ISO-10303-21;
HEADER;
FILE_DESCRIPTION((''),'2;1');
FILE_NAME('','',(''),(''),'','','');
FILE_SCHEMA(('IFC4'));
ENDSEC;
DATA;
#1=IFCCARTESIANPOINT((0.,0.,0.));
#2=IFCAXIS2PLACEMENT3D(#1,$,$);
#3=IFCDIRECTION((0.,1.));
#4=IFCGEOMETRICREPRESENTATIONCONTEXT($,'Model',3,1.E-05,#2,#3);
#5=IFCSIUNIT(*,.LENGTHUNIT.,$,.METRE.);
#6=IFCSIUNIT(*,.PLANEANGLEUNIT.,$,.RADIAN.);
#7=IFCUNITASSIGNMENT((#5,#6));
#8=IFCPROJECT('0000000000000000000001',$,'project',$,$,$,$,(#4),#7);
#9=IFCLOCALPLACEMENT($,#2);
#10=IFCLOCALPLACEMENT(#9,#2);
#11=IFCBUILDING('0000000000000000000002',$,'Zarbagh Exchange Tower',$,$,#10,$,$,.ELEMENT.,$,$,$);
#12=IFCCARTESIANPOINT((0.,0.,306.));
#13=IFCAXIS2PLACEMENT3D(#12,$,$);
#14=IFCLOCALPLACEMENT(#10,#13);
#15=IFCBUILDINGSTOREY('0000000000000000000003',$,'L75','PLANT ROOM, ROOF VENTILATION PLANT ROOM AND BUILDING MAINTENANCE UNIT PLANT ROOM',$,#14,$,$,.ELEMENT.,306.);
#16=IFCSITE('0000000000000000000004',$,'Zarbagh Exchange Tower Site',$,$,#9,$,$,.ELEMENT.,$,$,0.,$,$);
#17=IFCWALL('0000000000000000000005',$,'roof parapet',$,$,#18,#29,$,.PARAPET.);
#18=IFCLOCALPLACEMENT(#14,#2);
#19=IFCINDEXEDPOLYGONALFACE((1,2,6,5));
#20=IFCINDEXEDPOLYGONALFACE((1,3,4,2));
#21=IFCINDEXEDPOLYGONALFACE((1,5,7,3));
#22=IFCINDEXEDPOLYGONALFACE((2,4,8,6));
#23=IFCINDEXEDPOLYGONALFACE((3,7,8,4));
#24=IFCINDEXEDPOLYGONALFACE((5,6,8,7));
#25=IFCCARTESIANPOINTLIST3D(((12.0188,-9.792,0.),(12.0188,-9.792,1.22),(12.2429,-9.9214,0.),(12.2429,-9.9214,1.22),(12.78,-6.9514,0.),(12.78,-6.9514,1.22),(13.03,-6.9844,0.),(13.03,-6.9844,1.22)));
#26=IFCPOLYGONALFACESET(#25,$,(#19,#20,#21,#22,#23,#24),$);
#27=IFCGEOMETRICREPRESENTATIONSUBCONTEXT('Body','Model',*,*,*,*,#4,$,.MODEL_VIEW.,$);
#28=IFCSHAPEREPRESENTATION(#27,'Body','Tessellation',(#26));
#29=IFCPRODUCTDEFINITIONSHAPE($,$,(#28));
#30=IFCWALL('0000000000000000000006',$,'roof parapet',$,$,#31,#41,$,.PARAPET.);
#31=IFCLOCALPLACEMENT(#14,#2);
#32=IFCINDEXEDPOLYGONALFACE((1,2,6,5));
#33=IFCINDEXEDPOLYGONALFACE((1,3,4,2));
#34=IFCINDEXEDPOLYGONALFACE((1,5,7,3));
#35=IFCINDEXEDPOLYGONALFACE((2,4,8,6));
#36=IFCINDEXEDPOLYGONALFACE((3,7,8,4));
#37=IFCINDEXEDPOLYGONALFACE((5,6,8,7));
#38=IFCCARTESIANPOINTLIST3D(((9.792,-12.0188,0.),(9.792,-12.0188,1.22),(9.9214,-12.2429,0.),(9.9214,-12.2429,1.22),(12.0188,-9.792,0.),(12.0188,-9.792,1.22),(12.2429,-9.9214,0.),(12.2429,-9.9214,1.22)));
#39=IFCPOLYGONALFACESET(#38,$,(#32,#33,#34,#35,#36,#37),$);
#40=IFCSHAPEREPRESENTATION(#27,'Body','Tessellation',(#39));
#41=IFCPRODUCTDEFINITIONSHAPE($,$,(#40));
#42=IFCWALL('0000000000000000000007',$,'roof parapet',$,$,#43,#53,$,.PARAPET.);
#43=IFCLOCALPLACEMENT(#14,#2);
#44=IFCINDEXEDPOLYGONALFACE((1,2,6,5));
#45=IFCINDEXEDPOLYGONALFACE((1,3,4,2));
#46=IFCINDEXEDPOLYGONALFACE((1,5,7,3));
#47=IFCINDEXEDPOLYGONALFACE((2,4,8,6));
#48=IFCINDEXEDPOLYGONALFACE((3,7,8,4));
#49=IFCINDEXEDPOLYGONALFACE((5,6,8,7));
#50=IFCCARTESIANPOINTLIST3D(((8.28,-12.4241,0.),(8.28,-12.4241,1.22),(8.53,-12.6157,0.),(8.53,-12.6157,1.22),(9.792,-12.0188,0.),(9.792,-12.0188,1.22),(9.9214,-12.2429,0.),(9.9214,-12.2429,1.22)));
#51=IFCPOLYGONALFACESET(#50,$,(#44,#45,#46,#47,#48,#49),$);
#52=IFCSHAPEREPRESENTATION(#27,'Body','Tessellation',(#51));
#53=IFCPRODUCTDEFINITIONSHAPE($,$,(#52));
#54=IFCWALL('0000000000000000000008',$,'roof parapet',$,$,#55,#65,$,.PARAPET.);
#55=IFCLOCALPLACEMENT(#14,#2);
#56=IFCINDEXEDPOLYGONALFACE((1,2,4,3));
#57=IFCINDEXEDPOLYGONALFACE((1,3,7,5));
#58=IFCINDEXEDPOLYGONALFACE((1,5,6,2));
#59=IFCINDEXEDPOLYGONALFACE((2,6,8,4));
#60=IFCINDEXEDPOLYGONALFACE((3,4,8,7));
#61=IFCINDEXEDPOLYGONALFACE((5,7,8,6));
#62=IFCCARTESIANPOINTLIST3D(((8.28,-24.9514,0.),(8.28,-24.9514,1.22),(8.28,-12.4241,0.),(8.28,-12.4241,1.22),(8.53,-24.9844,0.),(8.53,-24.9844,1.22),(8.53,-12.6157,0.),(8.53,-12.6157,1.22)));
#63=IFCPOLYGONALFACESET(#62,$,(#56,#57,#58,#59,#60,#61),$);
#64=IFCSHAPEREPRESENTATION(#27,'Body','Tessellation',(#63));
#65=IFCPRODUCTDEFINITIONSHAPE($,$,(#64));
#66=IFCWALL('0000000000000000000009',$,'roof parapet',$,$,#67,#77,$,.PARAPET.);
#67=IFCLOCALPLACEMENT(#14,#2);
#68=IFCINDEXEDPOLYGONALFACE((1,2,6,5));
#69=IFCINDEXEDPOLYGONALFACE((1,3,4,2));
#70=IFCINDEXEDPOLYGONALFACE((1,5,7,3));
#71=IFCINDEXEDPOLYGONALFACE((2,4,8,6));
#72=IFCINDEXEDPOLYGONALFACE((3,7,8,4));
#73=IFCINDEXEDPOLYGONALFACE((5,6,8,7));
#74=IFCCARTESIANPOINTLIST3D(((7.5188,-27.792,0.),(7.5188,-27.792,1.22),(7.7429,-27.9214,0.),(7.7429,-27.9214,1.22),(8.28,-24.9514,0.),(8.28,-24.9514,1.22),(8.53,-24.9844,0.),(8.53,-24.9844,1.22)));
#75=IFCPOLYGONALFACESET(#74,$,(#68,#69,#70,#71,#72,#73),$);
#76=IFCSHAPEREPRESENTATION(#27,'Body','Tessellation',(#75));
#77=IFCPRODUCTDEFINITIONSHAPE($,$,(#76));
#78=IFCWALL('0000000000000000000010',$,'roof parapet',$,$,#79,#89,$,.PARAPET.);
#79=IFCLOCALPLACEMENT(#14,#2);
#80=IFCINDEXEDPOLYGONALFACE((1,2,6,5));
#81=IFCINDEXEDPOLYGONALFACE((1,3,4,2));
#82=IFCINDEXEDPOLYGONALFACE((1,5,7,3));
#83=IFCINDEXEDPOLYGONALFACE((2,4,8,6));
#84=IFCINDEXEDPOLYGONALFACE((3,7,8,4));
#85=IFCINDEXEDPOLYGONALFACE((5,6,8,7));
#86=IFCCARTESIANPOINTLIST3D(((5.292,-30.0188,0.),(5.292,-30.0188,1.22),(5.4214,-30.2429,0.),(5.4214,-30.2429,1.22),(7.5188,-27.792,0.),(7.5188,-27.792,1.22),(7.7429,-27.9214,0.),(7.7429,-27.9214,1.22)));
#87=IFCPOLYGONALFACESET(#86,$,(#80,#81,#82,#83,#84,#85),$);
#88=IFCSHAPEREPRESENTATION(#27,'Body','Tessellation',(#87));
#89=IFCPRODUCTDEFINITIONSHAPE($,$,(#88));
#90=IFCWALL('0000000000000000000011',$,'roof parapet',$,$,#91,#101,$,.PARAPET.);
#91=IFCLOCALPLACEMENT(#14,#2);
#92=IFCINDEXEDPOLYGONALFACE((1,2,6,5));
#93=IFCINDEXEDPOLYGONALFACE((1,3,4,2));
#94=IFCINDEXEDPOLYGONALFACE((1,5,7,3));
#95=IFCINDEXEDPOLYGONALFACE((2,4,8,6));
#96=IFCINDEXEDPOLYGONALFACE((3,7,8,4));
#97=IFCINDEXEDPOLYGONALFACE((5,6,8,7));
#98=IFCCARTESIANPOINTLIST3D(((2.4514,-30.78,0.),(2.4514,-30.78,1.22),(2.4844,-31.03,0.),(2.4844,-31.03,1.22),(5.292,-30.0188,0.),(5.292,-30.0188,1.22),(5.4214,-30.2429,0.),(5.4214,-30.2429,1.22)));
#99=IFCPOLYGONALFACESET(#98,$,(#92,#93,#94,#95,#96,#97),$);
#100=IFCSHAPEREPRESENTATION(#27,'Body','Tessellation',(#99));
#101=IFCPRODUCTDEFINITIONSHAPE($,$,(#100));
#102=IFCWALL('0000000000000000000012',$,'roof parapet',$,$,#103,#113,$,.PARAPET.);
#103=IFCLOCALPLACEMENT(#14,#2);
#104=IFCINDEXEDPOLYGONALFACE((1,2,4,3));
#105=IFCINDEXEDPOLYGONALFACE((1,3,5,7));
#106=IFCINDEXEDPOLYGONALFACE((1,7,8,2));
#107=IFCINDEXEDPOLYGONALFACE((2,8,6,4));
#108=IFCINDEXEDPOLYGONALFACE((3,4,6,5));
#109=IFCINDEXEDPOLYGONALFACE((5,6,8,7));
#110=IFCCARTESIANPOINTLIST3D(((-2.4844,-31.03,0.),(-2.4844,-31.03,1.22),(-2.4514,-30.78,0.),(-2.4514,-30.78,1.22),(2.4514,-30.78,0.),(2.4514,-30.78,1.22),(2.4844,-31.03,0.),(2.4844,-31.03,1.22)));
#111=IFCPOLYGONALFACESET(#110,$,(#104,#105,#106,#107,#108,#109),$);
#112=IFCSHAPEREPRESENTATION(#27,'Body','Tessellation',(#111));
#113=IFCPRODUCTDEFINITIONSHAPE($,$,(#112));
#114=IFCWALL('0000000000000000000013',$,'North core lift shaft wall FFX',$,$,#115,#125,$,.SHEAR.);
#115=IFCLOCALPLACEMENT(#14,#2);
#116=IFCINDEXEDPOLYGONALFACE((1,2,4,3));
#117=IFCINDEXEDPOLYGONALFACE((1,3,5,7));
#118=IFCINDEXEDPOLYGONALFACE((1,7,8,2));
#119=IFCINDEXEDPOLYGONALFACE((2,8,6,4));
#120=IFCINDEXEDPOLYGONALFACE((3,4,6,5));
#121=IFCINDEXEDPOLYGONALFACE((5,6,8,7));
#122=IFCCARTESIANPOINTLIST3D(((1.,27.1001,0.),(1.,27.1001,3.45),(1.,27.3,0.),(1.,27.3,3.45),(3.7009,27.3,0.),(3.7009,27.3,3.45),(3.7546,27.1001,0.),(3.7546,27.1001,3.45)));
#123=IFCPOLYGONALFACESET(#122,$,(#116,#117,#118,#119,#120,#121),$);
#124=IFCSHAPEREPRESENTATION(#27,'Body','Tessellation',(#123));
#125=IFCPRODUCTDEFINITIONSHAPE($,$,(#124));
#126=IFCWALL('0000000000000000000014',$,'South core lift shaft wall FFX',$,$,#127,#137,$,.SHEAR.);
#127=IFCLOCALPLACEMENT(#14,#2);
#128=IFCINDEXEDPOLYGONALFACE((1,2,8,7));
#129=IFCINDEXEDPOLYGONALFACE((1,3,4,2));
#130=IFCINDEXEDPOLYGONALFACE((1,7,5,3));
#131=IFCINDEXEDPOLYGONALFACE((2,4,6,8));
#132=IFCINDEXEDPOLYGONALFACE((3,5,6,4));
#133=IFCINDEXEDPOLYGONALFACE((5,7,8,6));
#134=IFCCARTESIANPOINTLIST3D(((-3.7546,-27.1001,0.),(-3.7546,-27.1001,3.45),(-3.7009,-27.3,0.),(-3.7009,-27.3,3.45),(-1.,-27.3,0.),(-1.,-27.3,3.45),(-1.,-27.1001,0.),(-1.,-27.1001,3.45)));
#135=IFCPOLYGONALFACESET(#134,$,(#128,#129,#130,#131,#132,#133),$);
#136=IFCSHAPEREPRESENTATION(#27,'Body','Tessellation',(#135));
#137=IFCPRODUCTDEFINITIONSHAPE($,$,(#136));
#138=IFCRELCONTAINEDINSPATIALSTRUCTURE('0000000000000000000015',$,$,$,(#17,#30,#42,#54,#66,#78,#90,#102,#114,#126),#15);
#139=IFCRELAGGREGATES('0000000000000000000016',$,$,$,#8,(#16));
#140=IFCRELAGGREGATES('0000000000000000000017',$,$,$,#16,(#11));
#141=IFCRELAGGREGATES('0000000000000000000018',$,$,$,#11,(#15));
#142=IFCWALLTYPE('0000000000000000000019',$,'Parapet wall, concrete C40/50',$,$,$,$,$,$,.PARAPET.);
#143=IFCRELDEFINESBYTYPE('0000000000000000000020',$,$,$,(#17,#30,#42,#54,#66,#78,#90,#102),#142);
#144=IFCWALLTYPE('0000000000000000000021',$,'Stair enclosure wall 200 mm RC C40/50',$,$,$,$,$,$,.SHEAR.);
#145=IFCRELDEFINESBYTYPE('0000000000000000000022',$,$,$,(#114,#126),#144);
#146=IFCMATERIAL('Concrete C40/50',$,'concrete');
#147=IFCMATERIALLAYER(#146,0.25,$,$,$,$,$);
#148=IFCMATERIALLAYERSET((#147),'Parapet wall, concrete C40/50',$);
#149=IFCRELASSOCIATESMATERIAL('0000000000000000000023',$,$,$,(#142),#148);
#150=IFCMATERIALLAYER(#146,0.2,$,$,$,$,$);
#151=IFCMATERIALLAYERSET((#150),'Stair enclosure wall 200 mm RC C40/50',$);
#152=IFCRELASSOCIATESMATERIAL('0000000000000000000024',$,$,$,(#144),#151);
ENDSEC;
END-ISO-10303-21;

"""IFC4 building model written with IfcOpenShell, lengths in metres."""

from ifc_helpers import new_model, si_unit, direction, frame, origin, place, context, subcontext, project, spatial, polyline, outline, extrude, material, layer, layer_set, type_object, element, save


model = new_model("IFC4")

# Units and contexts
model_context = context("Model", 3, precision=1e-05, world=origin(), true_north=direction((0.0, 1.0)))
body_context = subcontext(model_context, "Body", "Model", "MODEL_VIEW")
ifc_project = project(units=[si_unit("LENGTHUNIT", "METRE"), si_unit("PLANEANGLEUNIT", "RADIAN")], contexts=[model_context])

# Site, building, storey
site_placement = place(None, origin())
site = spatial("IfcSite", under=ifc_project, at=site_placement, Name="Zarbagh Exchange Tower Site", CompositionType="ELEMENT", RefElevation=0.0)
building_placement = place(site_placement, origin())
building = spatial("IfcBuilding", under=site, at=building_placement, Name="Zarbagh Exchange Tower", CompositionType="ELEMENT")
storey_placement = place(building_placement, frame((0.0, 0.0, 306.0)))
storey = spatial("IfcBuildingStorey", under=building, at=storey_placement, Name="L75", Description="PLANT ROOM, ROOF VENTILATION PLANT ROOM AND BUILDING MAINTENANCE UNIT PLANT ROOM", CompositionType="ELEMENT", Elevation=306.0)

# Shared definitions
ifc_material_1 = material(Name="Concrete C40/50", Category="concrete")

# Walls
ifc_layer_1 = layer(ifc_material_1, 0.25)
ifc_layer_set_1 = layer_set([ifc_layer_1], Name="Parapet wall, concrete C40/50")
wall_type_1 = type_object("IfcWallType", Name="Parapet wall, concrete C40/50", PredefinedType="PARAPET", material=ifc_layer_set_1)
wall_1_placement = place(storey_placement, origin())
element("IfcWall", 1, at=wall_1_placement, inside=storey, type_object=wall_type_1, Name="roof parapet", PredefinedType="PARAPET", context=body_context, shape_type="SweptSolid", body=[
    extrude(outline(polyline([(13.03, -6.9844), (12.2429, -9.9214), (12.0188, -9.792), (12.78, -6.9514), (13.03, -6.9844)])), origin(), (0.0, 0.0, 1.0), 1.22),
])
wall_2_placement = place(storey_placement, origin())
element("IfcWall", 2, at=wall_2_placement, inside=storey, type_object=wall_type_1, Name="roof parapet", PredefinedType="PARAPET", context=body_context, shape_type="SweptSolid", body=[
    extrude(outline(polyline([(12.2429, -9.9214), (9.9214, -12.2429), (9.792, -12.0188), (12.0188, -9.792), (12.2429, -9.9214)])), origin(), (0.0, 0.0, 1.0), 1.22),
])
wall_3_placement = place(storey_placement, origin())
element("IfcWall", 3, at=wall_3_placement, inside=storey, type_object=wall_type_1, Name="roof parapet", PredefinedType="PARAPET", context=body_context, shape_type="SweptSolid", body=[
    extrude(outline(polyline([(9.9214, -12.2429), (8.53, -12.6157), (8.28, -12.4241), (9.792, -12.0188), (9.9214, -12.2429)])), origin(), (0.0, 0.0, 1.0), 1.22),
])
wall_4_placement = place(storey_placement, origin())
element("IfcWall", 4, at=wall_4_placement, inside=storey, type_object=wall_type_1, Name="roof parapet", PredefinedType="PARAPET", context=body_context, shape_type="SweptSolid", body=[
    extrude(outline(polyline([(8.53, -12.6157), (8.53, -24.9844), (8.28, -24.9514), (8.28, -12.4241), (8.53, -12.6157)])), origin(), (0.0, 0.0, 1.0), 1.22),
])
wall_5_placement = place(storey_placement, origin())
element("IfcWall", 5, at=wall_5_placement, inside=storey, type_object=wall_type_1, Name="roof parapet", PredefinedType="PARAPET", context=body_context, shape_type="SweptSolid", body=[
    extrude(outline(polyline([(8.53, -24.9844), (7.7429, -27.9214), (7.5188, -27.792), (8.28, -24.9514), (8.53, -24.9844)])), origin(), (0.0, 0.0, 1.0), 1.22),
])
wall_6_placement = place(storey_placement, origin())
element("IfcWall", 6, at=wall_6_placement, inside=storey, type_object=wall_type_1, Name="roof parapet", PredefinedType="PARAPET", context=body_context, shape_type="SweptSolid", body=[
    extrude(outline(polyline([(7.7429, -27.9214), (5.4214, -30.2429), (5.292, -30.0188), (7.5188, -27.792), (7.7429, -27.9214)])), origin(), (0.0, 0.0, 1.0), 1.22),
])
wall_7_placement = place(storey_placement, origin())
element("IfcWall", 7, at=wall_7_placement, inside=storey, type_object=wall_type_1, Name="roof parapet", PredefinedType="PARAPET", context=body_context, shape_type="SweptSolid", body=[
    extrude(outline(polyline([(5.4214, -30.2429), (2.4844, -31.03), (2.4514, -30.78), (5.292, -30.0188), (5.4214, -30.2429)])), origin(), (0.0, 0.0, 1.0), 1.22),
])
wall_8_placement = place(storey_placement, origin())
element("IfcWall", 8, at=wall_8_placement, inside=storey, type_object=wall_type_1, Name="roof parapet", PredefinedType="PARAPET", context=body_context, shape_type="SweptSolid", body=[
    extrude(outline(polyline([(2.4844, -31.03), (-2.4844, -31.03), (-2.4514, -30.78), (2.4514, -30.78), (2.4844, -31.03)])), origin(), (0.0, 0.0, 1.0), 1.22),
])
ifc_layer_2 = layer(ifc_material_1, 0.2)
ifc_layer_set_2 = layer_set([ifc_layer_2], Name="Stair enclosure wall 200 mm RC C40/50")
wall_type_2 = type_object("IfcWallType", Name="Stair enclosure wall 200 mm RC C40/50", PredefinedType="SHEAR", material=ifc_layer_set_2)
wall_9_placement = place(storey_placement, origin())
element("IfcWall", 9, at=wall_9_placement, inside=storey, type_object=wall_type_2, Name="North core lift shaft wall FFX", PredefinedType="SHEAR", context=body_context, shape_type="SweptSolid", body=[
    extrude(outline(polyline([(1.0, 27.1001), (3.7546, 27.1001), (3.7009, 27.3), (1.0, 27.3), (1.0, 27.1001)])), origin(), (0.0, 0.0, 1.0), 3.45),
])
wall_10_placement = place(storey_placement, origin())
element("IfcWall", 10, at=wall_10_placement, inside=storey, type_object=wall_type_2, Name="South core lift shaft wall FFX", PredefinedType="SHEAR", context=body_context, shape_type="SweptSolid", body=[
    extrude(outline(polyline([(-1.0, -27.1001), (-3.7546, -27.1001), (-3.7009, -27.3), (-1.0, -27.3), (-1.0, -27.1001)])), origin(), (0.0, 0.0, 1.0), 3.45),
])

save(model, "model.ifc")
